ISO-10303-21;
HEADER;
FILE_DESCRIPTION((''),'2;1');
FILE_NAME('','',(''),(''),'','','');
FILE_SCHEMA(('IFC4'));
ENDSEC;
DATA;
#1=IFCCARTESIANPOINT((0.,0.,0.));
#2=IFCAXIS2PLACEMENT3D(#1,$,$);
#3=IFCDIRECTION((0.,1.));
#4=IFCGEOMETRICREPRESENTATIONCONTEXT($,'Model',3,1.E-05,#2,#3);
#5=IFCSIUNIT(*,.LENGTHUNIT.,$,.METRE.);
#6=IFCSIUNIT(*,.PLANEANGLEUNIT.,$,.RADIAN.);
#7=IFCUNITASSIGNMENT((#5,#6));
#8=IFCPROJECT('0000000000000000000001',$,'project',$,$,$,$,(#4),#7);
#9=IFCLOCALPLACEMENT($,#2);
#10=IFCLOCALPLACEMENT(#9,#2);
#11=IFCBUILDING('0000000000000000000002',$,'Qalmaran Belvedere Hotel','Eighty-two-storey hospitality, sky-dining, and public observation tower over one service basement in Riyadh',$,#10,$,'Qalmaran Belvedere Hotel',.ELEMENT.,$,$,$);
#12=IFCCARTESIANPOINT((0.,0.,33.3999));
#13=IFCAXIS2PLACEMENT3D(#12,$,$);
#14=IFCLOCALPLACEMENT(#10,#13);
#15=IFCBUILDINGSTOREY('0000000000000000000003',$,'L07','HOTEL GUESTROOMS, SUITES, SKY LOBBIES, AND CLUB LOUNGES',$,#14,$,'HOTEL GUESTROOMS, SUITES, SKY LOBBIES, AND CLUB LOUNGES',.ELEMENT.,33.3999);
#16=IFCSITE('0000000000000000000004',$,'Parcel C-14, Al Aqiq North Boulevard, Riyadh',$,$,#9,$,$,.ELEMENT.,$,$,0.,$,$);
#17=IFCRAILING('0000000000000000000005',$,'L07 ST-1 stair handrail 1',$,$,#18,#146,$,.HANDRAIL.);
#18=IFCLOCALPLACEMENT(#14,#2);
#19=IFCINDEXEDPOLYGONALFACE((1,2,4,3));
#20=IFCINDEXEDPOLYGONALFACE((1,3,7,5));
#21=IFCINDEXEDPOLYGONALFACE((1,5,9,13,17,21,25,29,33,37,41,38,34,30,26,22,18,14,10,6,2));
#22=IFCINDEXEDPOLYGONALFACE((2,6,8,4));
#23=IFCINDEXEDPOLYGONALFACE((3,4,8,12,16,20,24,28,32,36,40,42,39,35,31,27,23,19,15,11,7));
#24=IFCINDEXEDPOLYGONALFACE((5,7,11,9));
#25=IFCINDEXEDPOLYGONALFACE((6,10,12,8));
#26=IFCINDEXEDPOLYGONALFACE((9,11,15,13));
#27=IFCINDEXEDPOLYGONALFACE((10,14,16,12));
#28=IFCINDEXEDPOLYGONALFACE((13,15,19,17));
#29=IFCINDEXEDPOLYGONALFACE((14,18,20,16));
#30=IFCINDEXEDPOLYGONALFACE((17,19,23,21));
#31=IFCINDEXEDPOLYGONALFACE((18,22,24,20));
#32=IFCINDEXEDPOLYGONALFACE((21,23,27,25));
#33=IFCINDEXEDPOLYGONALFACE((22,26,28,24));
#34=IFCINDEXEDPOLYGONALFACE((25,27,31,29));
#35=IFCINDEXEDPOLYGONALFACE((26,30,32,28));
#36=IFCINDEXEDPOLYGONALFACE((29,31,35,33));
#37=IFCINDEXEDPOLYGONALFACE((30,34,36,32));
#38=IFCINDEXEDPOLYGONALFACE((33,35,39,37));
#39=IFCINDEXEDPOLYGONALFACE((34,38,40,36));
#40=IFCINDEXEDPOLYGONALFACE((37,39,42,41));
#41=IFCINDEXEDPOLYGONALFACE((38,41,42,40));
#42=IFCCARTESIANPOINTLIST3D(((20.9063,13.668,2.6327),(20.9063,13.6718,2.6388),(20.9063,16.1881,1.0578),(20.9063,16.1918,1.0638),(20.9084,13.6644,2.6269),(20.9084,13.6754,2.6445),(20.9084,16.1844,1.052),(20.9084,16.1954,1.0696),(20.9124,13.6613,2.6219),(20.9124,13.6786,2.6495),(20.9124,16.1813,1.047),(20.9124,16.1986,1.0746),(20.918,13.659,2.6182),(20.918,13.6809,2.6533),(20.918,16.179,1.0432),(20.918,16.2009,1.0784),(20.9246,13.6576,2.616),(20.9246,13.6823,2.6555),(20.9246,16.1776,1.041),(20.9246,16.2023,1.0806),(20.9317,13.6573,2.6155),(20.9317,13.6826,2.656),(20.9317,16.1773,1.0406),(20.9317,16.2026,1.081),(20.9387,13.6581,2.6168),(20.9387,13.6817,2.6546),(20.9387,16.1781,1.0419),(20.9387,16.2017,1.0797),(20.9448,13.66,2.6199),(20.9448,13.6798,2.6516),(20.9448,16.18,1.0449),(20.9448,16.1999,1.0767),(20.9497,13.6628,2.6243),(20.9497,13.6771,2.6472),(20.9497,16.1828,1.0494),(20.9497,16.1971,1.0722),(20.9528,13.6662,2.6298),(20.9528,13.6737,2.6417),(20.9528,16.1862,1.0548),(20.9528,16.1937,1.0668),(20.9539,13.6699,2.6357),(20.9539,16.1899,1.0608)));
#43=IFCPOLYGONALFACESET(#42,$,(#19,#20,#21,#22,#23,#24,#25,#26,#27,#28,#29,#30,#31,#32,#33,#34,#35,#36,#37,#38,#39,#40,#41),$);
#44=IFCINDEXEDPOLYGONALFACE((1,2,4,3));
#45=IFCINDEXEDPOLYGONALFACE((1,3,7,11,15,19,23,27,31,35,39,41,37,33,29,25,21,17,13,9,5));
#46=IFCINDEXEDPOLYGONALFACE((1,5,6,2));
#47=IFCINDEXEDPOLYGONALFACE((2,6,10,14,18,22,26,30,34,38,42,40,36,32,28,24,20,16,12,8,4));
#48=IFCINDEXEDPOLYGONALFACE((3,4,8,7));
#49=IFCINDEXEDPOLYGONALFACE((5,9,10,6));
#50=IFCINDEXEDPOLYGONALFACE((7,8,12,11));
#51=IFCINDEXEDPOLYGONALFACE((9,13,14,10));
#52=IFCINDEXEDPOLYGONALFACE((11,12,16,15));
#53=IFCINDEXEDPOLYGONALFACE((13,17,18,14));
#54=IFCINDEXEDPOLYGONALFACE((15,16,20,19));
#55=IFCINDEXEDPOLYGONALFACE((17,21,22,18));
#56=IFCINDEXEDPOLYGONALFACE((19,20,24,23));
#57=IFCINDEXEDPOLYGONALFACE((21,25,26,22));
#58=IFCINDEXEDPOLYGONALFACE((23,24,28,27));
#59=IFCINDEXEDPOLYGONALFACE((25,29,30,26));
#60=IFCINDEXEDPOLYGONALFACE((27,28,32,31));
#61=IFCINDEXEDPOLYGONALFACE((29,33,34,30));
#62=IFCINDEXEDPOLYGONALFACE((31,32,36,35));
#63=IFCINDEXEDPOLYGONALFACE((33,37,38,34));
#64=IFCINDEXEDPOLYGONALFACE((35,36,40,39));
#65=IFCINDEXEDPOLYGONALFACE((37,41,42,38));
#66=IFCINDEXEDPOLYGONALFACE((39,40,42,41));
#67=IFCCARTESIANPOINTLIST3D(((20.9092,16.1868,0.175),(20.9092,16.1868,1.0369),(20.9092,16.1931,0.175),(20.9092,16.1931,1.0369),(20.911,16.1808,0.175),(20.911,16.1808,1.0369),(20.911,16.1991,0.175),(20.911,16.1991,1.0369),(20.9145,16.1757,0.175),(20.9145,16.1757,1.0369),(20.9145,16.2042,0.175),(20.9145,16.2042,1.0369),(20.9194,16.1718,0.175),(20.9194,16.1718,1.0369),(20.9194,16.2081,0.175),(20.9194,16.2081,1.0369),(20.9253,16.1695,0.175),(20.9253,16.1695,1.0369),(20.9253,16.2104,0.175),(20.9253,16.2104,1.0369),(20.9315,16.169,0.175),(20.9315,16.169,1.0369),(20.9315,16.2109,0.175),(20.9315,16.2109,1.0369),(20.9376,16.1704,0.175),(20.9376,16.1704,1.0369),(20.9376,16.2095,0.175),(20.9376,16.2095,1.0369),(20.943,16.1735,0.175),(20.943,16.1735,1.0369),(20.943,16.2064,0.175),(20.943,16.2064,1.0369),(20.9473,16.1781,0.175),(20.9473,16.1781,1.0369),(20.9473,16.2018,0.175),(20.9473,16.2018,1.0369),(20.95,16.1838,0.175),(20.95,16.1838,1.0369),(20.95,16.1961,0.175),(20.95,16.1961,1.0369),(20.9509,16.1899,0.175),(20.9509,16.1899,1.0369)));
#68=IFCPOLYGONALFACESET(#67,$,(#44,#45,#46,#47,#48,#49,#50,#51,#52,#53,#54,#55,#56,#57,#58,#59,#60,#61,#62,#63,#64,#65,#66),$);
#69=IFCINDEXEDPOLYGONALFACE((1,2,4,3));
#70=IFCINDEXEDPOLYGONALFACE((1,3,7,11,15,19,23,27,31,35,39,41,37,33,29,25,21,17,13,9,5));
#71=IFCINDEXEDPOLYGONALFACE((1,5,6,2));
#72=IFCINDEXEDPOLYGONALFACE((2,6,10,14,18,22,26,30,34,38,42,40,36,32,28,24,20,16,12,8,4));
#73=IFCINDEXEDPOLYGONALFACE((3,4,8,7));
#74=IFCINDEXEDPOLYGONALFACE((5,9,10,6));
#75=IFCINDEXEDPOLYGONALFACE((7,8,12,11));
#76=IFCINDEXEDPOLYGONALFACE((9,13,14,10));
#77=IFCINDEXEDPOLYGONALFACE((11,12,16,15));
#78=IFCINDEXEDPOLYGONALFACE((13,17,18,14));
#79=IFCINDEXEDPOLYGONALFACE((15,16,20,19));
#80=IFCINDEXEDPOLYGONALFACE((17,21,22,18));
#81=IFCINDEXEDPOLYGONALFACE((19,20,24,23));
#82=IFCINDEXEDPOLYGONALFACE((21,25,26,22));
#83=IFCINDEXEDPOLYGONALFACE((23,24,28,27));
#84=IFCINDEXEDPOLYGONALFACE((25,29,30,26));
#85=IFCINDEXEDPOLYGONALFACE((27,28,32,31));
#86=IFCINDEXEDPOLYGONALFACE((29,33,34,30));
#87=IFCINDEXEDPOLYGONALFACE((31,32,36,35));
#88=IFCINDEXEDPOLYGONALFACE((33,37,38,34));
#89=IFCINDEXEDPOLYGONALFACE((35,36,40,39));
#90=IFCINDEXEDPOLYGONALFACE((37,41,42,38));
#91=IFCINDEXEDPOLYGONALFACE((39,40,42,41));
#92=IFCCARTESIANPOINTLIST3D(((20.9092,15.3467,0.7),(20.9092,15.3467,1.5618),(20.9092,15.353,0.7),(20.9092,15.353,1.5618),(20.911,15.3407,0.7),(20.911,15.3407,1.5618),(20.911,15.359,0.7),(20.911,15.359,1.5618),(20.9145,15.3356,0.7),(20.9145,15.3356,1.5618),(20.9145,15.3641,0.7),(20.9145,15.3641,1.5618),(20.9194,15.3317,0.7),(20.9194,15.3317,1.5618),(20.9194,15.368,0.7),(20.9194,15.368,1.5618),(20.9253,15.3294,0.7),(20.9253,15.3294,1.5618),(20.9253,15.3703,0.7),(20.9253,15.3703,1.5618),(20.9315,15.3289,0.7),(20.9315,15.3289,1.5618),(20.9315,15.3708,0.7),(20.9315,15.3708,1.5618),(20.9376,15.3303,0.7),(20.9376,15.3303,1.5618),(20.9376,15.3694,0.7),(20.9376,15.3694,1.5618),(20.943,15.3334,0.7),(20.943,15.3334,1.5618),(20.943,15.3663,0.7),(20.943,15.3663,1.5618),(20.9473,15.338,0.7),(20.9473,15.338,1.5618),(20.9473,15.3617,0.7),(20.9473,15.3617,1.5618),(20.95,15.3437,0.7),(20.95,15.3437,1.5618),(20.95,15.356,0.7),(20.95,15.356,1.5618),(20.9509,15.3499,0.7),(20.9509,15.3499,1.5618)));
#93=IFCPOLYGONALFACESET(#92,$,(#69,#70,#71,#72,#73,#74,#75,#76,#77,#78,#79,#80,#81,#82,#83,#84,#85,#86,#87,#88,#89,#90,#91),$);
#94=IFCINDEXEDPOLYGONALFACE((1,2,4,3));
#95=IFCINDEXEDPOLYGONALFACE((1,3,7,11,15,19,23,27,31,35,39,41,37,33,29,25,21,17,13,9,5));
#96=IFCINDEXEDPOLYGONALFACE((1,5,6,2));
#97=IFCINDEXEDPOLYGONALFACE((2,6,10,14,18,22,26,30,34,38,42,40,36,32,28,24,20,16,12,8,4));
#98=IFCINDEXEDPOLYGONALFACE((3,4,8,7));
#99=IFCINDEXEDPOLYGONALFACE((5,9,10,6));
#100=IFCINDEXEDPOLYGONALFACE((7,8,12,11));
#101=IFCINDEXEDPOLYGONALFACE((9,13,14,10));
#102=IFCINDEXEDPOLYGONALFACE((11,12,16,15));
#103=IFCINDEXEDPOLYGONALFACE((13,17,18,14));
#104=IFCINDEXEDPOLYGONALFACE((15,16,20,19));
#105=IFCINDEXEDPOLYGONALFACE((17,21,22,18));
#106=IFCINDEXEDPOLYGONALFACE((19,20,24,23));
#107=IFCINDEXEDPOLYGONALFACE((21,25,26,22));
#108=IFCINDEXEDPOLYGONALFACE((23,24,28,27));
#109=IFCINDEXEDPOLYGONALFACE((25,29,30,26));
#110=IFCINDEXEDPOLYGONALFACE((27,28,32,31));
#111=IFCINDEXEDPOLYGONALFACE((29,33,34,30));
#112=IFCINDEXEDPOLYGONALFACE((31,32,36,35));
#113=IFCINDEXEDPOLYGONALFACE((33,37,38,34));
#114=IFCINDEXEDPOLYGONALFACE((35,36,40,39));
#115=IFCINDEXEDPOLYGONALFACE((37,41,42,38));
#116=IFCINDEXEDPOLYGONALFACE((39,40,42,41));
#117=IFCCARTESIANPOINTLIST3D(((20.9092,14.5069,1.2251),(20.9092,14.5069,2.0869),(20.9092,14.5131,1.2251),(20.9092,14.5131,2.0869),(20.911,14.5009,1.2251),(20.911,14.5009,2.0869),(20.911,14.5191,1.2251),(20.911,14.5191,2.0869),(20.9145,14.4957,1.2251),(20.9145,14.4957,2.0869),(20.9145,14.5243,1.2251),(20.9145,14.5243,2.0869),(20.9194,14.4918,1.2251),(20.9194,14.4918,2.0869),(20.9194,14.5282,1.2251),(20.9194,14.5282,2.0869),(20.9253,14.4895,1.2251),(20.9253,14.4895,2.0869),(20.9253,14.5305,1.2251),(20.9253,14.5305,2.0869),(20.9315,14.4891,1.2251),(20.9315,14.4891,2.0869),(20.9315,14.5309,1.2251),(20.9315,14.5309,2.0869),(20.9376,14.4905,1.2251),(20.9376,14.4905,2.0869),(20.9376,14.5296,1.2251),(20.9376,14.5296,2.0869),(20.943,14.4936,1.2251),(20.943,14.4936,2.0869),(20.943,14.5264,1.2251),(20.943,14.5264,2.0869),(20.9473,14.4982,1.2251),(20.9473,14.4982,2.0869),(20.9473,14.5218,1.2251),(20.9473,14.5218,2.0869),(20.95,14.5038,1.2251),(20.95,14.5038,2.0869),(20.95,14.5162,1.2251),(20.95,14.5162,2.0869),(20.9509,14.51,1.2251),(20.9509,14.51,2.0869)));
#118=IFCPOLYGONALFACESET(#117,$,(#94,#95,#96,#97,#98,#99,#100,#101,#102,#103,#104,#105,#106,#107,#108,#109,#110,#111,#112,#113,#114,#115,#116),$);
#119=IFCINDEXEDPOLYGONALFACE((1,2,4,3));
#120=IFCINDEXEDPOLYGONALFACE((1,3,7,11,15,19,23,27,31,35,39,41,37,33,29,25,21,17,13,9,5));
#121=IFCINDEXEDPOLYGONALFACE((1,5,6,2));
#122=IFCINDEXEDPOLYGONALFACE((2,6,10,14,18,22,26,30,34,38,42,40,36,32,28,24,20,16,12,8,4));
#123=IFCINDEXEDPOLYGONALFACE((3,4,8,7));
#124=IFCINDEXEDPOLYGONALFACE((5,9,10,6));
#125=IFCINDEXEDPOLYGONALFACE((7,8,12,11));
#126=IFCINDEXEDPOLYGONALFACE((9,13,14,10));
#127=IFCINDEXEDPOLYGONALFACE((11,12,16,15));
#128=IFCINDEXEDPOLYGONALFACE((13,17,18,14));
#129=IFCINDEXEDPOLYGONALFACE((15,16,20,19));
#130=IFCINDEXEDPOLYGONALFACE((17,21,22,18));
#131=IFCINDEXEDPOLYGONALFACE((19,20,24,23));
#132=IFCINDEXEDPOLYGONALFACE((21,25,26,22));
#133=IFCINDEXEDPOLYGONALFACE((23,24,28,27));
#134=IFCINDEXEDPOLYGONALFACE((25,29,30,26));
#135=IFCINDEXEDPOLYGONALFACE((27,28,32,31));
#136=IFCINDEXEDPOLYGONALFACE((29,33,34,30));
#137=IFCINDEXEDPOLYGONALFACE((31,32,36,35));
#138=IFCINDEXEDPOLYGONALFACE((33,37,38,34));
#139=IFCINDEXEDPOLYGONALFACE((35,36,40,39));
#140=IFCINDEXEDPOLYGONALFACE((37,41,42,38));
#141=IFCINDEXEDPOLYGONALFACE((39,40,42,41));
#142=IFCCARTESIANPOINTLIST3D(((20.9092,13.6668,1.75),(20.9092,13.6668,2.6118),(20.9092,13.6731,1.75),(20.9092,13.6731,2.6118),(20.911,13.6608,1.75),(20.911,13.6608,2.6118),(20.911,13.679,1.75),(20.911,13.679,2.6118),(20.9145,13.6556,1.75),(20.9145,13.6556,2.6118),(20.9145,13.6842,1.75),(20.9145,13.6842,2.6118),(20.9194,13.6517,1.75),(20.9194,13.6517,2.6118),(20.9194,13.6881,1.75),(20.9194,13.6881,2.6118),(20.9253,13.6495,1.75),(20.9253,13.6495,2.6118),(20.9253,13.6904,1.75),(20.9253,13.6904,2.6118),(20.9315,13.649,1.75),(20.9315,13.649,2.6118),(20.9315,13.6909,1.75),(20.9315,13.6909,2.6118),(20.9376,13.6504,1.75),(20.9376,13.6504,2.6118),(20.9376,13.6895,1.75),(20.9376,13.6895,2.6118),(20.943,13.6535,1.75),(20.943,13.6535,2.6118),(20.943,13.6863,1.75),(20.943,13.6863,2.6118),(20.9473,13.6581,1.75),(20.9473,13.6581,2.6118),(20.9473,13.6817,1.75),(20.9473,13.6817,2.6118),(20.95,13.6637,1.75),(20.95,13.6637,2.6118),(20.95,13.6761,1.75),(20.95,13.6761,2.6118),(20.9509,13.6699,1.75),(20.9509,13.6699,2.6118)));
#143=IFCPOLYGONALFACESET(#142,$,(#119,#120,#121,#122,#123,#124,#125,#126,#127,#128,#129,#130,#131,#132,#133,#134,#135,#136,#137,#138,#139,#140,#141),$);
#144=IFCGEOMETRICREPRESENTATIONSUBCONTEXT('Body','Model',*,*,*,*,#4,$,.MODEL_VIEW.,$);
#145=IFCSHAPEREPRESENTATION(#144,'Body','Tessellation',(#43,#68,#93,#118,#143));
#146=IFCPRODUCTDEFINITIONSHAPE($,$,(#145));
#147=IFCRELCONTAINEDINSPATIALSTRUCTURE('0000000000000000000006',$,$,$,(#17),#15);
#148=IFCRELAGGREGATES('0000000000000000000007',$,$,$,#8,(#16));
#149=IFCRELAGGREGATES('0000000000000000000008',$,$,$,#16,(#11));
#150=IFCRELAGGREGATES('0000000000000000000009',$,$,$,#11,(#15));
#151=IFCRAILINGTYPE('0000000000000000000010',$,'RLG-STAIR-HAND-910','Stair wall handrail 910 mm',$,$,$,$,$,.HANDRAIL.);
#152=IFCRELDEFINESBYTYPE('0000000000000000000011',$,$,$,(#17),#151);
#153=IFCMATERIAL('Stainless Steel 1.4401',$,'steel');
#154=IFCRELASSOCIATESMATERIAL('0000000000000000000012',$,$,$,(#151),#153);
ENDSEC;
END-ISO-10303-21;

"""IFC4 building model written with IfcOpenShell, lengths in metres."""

from ifc_helpers import new_model, si_unit, direction, frame, origin, origin_2d, place, context, subcontext, project, spatial, circle, extrude, material, type_object, element, save


model = new_model("IFC4")

# Units and contexts
model_context = context("Model", 3, precision=1e-05, world=origin(), true_north=direction((0.0, 1.0)))
body_context = subcontext(model_context, "Body", "Model", "MODEL_VIEW")
ifc_project = project(units=[si_unit("LENGTHUNIT", "METRE"), si_unit("PLANEANGLEUNIT", "RADIAN")], contexts=[model_context])

# Site, building, storey
site_placement = place(None, origin())
site = spatial("IfcSite", under=ifc_project, at=site_placement, Name="Parcel C-14, Al Aqiq North Boulevard, Riyadh", CompositionType="ELEMENT", RefElevation=0.0)
building_placement = place(site_placement, origin())
building = spatial("IfcBuilding", under=site, at=building_placement, Name="Qalmaran Belvedere Hotel", Description="Eighty-two-storey hospitality, sky-dining, and public observation tower over one service basement in Riyadh", LongName="Qalmaran Belvedere Hotel", CompositionType="ELEMENT")
storey_placement = place(building_placement, frame((0.0, 0.0, 33.3999)))
storey = spatial("IfcBuildingStorey", under=building, at=storey_placement, Name="L07", Description="HOTEL GUESTROOMS, SUITES, SKY LOBBIES, AND CLUB LOUNGES", LongName="HOTEL GUESTROOMS, SUITES, SKY LOBBIES, AND CLUB LOUNGES", CompositionType="ELEMENT", Elevation=33.3999)

# Shared definitions
ifc_material_1 = material(Name="Stainless Steel 1.4401", Category="steel")

# Railing
railing_type = type_object("IfcRailingType", Name="RLG-STAIR-HAND-910", Description="Stair wall handrail 910 mm", PredefinedType="HANDRAIL", material=ifc_material_1)
railing_placement = place(storey_placement, frame((20.9299, 16.1899, 0.175)))
element("IfcRailing", 1, at=railing_placement, inside=storey, type_object=railing_type, Name="L07 ST-1 stair handrail 1", PredefinedType="HANDRAIL", context=body_context, shape_type="SweptSolid", body=[
    extrude(circle(Radius=0.0239, at=origin_2d()), frame((0.0, 0.0, 0.8857), z_axis=(0.0, -0.848008, 0.529984), x_axis=(1.0, 0.0, 0.0)), (0.0, 0.0, 1.0), 2.9717),
    extrude(circle(Radius=0.021, at=origin_2d()), origin(), (0.0, 0.0, 1.0), 0.8618),
    extrude(circle(Radius=0.021, at=origin_2d()), frame((0.0, -0.8401, 0.5249)), (0.0, 0.0, 1.0), 0.8618),
    extrude(circle(Radius=0.021, at=origin_2d()), frame((0.0, -1.6799, 1.05)), (0.0, 0.0, 1.0), 0.8618),
    extrude(circle(Radius=0.021, at=origin_2d()), frame((0.0, -2.52, 1.575)), (0.0, 0.0, 1.0), 0.8618),
])

save(model, "model.ifc")
